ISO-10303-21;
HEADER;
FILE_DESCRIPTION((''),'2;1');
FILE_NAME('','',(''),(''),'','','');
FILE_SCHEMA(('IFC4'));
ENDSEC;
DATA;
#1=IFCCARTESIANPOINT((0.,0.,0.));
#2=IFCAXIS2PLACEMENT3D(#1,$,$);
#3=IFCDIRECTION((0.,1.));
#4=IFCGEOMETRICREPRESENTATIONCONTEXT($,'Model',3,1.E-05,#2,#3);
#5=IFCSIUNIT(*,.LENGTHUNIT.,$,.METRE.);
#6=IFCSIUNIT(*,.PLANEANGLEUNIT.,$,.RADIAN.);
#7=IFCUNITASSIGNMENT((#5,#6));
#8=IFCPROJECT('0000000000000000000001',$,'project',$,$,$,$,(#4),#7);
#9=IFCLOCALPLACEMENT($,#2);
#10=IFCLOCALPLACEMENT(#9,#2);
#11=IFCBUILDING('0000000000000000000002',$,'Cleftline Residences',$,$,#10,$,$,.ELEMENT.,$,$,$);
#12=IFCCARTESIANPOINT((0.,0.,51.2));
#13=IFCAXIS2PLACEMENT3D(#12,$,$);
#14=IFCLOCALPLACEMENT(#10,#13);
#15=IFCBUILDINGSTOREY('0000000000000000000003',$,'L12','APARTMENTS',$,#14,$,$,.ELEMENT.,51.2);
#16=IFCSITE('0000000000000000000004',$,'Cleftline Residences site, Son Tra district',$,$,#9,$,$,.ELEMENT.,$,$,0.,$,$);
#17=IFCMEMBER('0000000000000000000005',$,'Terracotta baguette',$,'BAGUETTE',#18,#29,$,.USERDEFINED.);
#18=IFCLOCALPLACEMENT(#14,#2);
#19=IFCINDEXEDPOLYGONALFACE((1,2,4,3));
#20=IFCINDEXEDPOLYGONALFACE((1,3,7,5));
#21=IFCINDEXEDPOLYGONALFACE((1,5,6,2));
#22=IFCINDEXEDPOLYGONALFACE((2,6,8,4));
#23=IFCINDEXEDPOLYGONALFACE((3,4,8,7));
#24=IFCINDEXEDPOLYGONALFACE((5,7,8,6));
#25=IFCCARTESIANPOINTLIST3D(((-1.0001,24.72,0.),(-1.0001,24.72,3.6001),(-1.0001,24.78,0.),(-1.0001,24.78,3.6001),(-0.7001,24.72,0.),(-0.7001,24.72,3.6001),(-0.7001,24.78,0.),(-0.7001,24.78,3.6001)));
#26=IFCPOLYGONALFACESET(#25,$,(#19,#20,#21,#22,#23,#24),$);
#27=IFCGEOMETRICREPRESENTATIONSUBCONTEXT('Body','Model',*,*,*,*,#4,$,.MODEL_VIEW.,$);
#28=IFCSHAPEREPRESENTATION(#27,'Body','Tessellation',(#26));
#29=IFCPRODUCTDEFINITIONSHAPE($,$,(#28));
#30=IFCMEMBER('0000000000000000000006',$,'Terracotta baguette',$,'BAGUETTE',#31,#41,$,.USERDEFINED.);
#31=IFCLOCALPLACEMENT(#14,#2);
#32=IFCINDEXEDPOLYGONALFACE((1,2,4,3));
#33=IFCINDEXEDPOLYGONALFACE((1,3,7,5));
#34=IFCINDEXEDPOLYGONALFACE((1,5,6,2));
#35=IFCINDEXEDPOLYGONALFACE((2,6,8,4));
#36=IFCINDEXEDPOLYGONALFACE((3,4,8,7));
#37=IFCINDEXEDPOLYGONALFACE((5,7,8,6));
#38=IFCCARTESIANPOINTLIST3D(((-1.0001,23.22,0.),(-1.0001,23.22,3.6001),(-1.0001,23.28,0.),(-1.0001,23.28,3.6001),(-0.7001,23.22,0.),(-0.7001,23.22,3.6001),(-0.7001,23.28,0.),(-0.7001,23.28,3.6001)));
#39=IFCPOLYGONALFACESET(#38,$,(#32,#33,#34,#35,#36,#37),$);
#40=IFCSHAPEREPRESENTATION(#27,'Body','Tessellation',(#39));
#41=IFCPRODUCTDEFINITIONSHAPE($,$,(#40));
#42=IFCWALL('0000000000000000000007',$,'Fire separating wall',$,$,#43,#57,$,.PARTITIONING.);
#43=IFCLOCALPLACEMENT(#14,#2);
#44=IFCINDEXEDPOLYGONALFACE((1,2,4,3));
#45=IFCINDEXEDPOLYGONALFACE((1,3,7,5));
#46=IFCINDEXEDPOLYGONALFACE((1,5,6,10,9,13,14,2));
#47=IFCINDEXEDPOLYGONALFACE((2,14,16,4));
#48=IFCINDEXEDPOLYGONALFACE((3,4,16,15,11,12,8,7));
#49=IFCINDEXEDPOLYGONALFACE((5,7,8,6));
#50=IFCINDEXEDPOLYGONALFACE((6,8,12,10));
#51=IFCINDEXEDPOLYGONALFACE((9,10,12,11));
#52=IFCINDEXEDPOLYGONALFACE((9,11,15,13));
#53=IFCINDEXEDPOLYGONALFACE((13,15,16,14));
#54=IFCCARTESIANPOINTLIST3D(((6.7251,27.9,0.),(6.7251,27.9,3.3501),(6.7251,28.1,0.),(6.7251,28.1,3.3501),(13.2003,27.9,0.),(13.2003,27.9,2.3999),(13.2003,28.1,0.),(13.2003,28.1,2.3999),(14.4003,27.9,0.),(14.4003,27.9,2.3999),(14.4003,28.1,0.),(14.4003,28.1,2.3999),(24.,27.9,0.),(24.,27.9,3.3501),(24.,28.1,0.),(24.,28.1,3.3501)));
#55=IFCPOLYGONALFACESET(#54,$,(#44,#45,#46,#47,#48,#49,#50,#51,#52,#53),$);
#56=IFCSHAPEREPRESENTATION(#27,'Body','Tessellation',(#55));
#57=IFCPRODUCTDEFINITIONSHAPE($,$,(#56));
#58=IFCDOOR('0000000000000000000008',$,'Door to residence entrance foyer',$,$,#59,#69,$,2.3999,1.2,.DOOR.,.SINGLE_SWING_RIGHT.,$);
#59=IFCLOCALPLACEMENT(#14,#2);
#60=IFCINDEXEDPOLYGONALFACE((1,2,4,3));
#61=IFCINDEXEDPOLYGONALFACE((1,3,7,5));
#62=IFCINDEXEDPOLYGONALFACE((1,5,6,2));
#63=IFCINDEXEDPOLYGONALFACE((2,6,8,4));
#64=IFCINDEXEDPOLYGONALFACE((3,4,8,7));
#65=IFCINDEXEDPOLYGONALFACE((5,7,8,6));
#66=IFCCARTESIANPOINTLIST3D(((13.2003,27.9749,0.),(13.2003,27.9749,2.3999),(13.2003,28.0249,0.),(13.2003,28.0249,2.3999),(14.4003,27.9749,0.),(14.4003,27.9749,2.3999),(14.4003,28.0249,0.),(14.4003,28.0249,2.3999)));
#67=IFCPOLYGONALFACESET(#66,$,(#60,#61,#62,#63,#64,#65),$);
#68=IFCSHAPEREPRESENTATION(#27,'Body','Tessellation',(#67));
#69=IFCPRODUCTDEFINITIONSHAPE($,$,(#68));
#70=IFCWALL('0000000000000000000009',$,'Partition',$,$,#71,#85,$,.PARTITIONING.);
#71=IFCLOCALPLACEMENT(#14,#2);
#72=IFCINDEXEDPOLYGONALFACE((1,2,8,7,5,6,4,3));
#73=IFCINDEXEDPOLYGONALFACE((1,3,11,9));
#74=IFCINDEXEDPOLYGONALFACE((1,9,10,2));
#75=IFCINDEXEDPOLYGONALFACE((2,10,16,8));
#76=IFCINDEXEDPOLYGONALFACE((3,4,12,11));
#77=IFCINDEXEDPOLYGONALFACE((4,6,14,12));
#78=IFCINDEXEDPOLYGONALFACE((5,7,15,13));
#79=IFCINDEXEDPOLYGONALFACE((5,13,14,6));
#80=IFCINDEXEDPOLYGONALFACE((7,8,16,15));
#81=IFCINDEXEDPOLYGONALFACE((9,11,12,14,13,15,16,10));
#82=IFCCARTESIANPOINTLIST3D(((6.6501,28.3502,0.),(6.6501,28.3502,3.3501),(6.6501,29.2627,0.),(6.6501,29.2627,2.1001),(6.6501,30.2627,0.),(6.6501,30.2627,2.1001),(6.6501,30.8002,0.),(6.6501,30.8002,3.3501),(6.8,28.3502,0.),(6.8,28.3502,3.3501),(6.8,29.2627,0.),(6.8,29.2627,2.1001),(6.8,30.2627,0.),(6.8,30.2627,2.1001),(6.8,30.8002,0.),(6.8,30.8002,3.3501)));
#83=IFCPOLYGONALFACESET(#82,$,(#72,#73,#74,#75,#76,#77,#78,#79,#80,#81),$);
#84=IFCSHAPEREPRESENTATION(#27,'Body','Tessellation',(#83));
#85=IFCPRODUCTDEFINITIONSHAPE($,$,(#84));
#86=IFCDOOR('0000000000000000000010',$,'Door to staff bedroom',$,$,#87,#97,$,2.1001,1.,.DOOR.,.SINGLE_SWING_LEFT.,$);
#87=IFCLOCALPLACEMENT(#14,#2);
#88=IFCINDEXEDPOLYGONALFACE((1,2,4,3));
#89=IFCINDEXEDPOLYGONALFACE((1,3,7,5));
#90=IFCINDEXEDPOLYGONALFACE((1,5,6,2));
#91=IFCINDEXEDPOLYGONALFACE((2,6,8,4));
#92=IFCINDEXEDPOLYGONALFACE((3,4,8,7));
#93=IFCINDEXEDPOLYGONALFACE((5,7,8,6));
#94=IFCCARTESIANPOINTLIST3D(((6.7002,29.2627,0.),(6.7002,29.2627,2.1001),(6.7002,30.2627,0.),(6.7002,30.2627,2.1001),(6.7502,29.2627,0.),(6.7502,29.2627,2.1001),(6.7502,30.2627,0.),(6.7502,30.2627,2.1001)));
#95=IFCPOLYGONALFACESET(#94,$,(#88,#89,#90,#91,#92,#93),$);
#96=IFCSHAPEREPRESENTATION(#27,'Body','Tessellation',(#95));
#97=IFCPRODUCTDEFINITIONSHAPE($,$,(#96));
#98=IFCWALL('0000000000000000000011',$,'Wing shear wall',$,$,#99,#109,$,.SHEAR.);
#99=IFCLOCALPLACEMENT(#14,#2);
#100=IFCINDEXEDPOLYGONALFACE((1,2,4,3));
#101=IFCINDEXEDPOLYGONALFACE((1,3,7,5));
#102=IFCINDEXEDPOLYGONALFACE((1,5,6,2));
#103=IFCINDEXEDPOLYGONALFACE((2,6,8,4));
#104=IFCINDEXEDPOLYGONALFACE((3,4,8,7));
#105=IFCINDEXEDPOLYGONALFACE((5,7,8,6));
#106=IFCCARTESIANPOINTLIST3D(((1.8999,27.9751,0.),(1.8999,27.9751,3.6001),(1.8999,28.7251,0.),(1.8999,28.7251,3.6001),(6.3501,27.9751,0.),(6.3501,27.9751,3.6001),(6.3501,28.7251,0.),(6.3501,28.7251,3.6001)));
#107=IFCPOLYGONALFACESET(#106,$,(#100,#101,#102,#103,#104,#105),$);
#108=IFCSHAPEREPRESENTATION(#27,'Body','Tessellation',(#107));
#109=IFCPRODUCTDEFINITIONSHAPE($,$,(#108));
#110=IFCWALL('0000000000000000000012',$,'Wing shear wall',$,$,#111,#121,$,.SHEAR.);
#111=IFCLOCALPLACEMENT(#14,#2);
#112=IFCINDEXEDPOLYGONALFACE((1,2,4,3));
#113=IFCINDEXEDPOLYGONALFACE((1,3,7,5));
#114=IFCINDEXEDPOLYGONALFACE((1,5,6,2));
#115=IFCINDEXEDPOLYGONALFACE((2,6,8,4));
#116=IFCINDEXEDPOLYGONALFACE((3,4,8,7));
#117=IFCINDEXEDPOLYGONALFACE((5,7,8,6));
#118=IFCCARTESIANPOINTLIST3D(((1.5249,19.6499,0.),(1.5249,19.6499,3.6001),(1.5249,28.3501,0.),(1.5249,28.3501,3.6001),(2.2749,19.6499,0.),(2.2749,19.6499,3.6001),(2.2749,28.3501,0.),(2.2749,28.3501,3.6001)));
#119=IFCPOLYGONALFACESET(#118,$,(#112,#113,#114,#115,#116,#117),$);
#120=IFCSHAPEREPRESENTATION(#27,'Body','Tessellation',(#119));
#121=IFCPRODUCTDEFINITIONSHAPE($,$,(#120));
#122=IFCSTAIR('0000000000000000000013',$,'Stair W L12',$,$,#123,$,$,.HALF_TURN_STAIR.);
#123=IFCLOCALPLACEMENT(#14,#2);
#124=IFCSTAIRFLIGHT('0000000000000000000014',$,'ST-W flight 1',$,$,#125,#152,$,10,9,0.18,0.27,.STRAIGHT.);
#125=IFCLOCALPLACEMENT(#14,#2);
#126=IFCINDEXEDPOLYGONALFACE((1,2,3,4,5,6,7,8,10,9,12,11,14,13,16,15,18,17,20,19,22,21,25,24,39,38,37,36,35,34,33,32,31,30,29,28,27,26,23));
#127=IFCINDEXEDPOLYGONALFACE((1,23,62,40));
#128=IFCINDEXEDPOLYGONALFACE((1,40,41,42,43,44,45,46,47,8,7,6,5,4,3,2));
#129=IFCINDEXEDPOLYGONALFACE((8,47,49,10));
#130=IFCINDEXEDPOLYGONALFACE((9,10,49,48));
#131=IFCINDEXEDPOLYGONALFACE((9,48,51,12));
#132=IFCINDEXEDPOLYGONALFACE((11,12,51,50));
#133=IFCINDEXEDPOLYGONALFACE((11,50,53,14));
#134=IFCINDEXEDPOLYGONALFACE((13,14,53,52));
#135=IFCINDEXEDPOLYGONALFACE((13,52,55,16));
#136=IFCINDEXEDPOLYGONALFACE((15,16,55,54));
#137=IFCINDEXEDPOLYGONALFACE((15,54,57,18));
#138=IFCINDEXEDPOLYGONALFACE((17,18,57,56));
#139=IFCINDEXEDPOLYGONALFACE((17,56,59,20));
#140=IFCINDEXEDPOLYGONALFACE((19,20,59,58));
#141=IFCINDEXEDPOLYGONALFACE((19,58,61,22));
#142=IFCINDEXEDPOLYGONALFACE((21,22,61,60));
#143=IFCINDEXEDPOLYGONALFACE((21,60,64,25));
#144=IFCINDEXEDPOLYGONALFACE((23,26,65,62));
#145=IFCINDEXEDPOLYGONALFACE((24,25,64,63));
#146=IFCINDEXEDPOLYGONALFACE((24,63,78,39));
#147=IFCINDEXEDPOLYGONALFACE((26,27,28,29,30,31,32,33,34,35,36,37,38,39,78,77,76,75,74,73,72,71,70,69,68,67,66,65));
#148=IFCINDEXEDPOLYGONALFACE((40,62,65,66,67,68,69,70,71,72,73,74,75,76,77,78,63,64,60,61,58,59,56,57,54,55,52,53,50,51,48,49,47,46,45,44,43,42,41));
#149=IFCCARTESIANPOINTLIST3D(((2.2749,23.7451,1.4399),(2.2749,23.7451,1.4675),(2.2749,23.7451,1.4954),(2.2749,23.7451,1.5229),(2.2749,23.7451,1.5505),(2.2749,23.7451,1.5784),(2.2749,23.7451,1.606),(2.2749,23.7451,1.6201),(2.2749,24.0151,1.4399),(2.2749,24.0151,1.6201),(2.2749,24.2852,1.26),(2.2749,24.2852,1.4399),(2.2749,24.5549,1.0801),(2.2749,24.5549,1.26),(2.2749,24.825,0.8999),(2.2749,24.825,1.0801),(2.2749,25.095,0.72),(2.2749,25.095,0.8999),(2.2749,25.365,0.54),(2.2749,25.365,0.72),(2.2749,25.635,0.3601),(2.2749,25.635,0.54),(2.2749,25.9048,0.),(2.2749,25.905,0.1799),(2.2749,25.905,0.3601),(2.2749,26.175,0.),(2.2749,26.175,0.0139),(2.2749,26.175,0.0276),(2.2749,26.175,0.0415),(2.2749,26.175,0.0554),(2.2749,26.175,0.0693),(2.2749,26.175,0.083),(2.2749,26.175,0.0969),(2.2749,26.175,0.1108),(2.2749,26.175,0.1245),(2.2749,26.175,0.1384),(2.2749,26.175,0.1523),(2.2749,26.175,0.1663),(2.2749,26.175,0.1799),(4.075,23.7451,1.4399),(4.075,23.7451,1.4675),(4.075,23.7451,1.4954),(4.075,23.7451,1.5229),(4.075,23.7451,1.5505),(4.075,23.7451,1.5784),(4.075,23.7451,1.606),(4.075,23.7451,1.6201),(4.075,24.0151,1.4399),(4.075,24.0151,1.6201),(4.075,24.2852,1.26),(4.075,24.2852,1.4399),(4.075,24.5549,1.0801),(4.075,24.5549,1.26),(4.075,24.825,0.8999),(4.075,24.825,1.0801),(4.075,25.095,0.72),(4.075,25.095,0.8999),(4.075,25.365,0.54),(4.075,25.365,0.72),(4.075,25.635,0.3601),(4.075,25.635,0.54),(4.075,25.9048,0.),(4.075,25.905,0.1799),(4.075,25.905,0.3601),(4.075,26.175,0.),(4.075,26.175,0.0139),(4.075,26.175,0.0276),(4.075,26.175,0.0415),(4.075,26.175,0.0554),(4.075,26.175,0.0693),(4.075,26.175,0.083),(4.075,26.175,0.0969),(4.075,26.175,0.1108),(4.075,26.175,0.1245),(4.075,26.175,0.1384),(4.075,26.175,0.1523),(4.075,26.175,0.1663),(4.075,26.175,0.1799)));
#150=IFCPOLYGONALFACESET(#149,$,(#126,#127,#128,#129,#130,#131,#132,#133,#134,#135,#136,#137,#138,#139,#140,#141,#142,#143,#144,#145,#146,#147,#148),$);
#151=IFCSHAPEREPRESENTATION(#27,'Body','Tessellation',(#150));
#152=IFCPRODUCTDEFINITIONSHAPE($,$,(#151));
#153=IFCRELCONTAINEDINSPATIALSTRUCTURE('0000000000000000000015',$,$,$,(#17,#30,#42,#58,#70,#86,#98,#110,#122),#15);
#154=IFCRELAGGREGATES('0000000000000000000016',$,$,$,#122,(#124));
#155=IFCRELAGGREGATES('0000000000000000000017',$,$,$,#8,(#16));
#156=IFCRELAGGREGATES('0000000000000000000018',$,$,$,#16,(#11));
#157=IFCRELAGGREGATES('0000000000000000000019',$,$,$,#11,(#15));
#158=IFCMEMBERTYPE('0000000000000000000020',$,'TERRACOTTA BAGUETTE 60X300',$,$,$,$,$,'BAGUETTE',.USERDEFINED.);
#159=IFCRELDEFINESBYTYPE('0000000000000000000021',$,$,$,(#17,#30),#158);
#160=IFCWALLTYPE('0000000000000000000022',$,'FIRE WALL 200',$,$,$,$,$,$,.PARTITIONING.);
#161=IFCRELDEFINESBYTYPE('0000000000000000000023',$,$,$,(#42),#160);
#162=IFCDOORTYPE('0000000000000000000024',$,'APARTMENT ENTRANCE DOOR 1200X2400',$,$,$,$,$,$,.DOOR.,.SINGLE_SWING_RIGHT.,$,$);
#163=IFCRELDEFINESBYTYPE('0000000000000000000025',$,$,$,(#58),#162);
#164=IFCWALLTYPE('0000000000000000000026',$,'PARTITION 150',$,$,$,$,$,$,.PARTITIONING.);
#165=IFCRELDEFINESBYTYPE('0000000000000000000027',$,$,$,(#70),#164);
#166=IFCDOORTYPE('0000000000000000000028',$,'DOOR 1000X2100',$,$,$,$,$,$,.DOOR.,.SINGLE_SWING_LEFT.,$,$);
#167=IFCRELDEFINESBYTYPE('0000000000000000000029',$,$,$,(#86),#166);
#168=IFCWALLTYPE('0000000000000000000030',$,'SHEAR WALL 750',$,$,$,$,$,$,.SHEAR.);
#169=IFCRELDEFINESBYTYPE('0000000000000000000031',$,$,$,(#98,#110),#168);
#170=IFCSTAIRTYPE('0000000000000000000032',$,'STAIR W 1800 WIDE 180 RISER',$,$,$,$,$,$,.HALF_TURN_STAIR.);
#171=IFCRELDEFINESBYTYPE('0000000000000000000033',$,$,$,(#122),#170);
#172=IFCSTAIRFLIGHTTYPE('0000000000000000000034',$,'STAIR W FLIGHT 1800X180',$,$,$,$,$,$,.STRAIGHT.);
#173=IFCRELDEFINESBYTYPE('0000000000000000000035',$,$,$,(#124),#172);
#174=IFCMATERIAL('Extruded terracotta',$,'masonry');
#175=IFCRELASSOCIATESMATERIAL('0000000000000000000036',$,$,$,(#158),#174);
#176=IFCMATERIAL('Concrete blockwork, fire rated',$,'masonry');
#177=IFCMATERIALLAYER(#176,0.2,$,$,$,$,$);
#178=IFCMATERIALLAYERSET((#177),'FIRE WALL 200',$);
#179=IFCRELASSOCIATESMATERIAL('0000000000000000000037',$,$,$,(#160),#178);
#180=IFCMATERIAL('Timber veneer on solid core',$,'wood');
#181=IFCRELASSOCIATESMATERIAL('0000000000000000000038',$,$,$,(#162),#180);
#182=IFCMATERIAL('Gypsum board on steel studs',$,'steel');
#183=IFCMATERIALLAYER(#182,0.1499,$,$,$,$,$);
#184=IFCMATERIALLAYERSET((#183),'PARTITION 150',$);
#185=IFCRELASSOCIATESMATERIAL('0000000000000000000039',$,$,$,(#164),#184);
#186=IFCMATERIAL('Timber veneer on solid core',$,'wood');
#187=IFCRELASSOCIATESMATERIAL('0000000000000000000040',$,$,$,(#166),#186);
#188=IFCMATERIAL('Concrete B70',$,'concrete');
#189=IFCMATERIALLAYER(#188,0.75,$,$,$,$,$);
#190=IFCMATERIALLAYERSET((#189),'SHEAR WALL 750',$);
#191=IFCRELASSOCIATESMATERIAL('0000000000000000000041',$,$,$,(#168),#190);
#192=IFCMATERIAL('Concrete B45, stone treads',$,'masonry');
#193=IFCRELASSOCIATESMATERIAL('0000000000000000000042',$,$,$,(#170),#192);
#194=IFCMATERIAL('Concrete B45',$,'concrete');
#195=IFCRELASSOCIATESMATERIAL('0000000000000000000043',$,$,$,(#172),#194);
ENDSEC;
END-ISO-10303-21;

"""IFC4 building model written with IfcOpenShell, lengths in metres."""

from ifc_helpers import new_model, si_unit, direction, frame, frame_2d, origin, origin_2d, place, context, subcontext, project, spatial, polyline, rectangle, outline, extrude, material, layer, layer_set, material_profile, profile_set, type_object, element, fill, aggregate, save


model = new_model("IFC4")

# Units and contexts
model_context = context("Model", 3, precision=1e-05, world=origin(), true_north=direction((0.0, 1.0)))
body_context = subcontext(model_context, "Body", "Model", "MODEL_VIEW")
ifc_project = project(units=[si_unit("LENGTHUNIT", "METRE"), si_unit("PLANEANGLEUNIT", "RADIAN")], contexts=[model_context])

# Site, building, storey
site_placement = place(None, origin())
site = spatial("IfcSite", under=ifc_project, at=site_placement, Name="Cleftline Residences site, Son Tra district", CompositionType="ELEMENT", RefElevation=0.0)
building_placement = place(site_placement, origin())
building = spatial("IfcBuilding", under=site, at=building_placement, Name="Cleftline Residences", CompositionType="ELEMENT")
storey_placement = place(building_placement, frame((0.0, 0.0, 51.2)))
storey = spatial("IfcBuildingStorey", under=building, at=storey_placement, Name="L12", Description="APARTMENTS", CompositionType="ELEMENT", Elevation=51.2)

# Members
ifc_material_1 = material(Name="Extruded terracotta", Category="masonry")
ifc_material_profile_1 = material_profile(ifc_material_1, rectangle(XDim=0.0601, YDim=0.3, at=origin_2d()))
ifc_profile_set_1 = profile_set([ifc_material_profile_1], Name="Extruded terracotta")
member_type_1 = type_object("IfcMemberType", Name="TERRACOTTA BAGUETTE 60X300", ElementType="BAGUETTE", PredefinedType="USERDEFINED", material=ifc_profile_set_1)
for number, where, z_axis, x_axis, name in (
    (1, (-0.8501, 24.75, 0.0), (0.0, 0.0, 1.0), (0.0, 1.0, 0.0), "Terracotta baguette"),
    (2, (-0.8501, 23.25, 0.0), (0.0, 0.0, 1.0), (0.0, 1.0, 0.0), "Terracotta baguette"),
):
    element("IfcMember", number, at=place(storey_placement, frame(where, z_axis=z_axis, x_axis=x_axis)), inside=storey, type_object=member_type_1, Name=name, ObjectType="BAGUETTE", PredefinedType="USERDEFINED", context=body_context, shape_type="SweptSolid", body=[
        extrude(rectangle(XDim=0.0601, YDim=0.3, at=origin_2d()), origin(), (0.0, 0.0, 1.0), 3.6001),
    ])

# Walls, openings, doors
ifc_material_2 = material(Name="Concrete blockwork, fire rated", Category="masonry")
ifc_layer_1 = layer(ifc_material_2, 0.2)
ifc_layer_set_1 = layer_set([ifc_layer_1], Name="FIRE WALL 200")
wall_type_1 = type_object("IfcWallType", Name="FIRE WALL 200", PredefinedType="PARTITIONING", material=ifc_layer_set_1)
wall_1_placement = place(storey_placement, frame((6.7251, 28.0, 0.0), z_axis=(0.0, 0.0, 1.0), x_axis=(1.0, 0.0, 0.0)))
wall_1 = element("IfcWall", 3, at=wall_1_placement, inside=storey, type_object=wall_type_1, Name="Fire separating wall", PredefinedType="PARTITIONING", context=body_context, shape_type="SweptSolid", body=[
    extrude(rectangle(XDim=17.2749, YDim=0.2, at=frame_2d((8.6375, 0.0))), origin(), (0.0, 0.0, 1.0), 3.3501),
])
opening_1_placement = place(wall_1_placement, frame((6.4751, 0.0, 0.0)))
opening_1 = element("IfcOpeningElement", 4, at=opening_1_placement, cuts=wall_1, PredefinedType="OPENING", context=body_context, shape_type="SweptSolid", body=[
    extrude(rectangle(XDim=1.2, YDim=2.3999, at=frame_2d((0.6001, 1.2))), frame((0.0, 0.1099, 0.0), z_axis=(0.0, -1.0, 0.0), x_axis=(1.0, 0.0, 0.0)), (0.0, 0.0, 1.0), 0.22),
])
ifc_material_3 = material(Name="Timber veneer on solid core", Category="wood")
door_type_1 = type_object("IfcDoorType", Name="APARTMENT ENTRANCE DOOR 1200X2400", OperationType="SINGLE_SWING_RIGHT", PredefinedType="DOOR", material=ifc_material_3)
door_1_placement = place(opening_1_placement, origin())
door_1 = element("IfcDoor", 5, at=door_1_placement, inside=storey, type_object=door_type_1, Name="Door to residence entrance foyer", OperationType="SINGLE_SWING_RIGHT", OverallHeight=2.3999, OverallWidth=1.2, PredefinedType="DOOR", context=body_context, shape_type="SweptSolid", body=[
    extrude(rectangle(XDim=1.2, YDim=2.3999, at=frame_2d((0.6001, 1.2))), frame((0.0, 0.0249, 0.0), z_axis=(0.0, -1.0, 0.0), x_axis=(1.0, 0.0, 0.0)), (0.0, 0.0, 1.0), 0.05),
])
fill(opening_1, door_1)
ifc_material_4 = material(Name="Gypsum board on steel studs", Category="steel")
ifc_layer_2 = layer(ifc_material_4, 0.1499)
ifc_layer_set_2 = layer_set([ifc_layer_2], Name="PARTITION 150")
wall_type_2 = type_object("IfcWallType", Name="PARTITION 150", PredefinedType="PARTITIONING", material=ifc_layer_set_2)
wall_2_placement = place(storey_placement, frame((6.7251, 28.3501, 0.0), z_axis=(0.0, 0.0, 1.0), x_axis=(0.0, 1.0, 0.0)))
wall_2 = element("IfcWall", 6, at=wall_2_placement, inside=storey, type_object=wall_type_2, Name="Partition", PredefinedType="PARTITIONING", context=body_context, shape_type="SweptSolid", body=[
    extrude(rectangle(XDim=2.45, YDim=0.1499, at=frame_2d((1.2251, 0.0))), origin(), (0.0, 0.0, 1.0), 3.3501),
])
opening_2_placement = place(wall_2_placement, frame((0.9126, 0.0, 0.0)))
opening_2 = element("IfcOpeningElement", 7, at=opening_2_placement, cuts=wall_2, PredefinedType="OPENING", context=body_context, shape_type="SweptSolid", body=[
    extrude(rectangle(XDim=1.0, YDim=2.1001, at=frame_2d((0.5, 1.05))), frame((0.0, 0.085, 0.0), z_axis=(0.0, -1.0, 0.0), x_axis=(1.0, 0.0, 0.0)), (0.0, 0.0, 1.0), 0.1699),
])
ifc_material_5 = material(Name="Timber veneer on solid core", Category="wood")
door_type_2 = type_object("IfcDoorType", Name="DOOR 1000X2100", OperationType="SINGLE_SWING_LEFT", PredefinedType="DOOR", material=ifc_material_5)
door_2_placement = place(opening_2_placement, origin())
door_2 = element("IfcDoor", 8, at=door_2_placement, inside=storey, type_object=door_type_2, Name="Door to staff bedroom", OperationType="SINGLE_SWING_LEFT", OverallHeight=2.1001, OverallWidth=1.0, PredefinedType="DOOR", context=body_context, shape_type="SweptSolid", body=[
    extrude(rectangle(XDim=1.0, YDim=2.1001, at=frame_2d((0.5, 1.05))), frame((0.0, 0.0249, 0.0), z_axis=(0.0, -1.0, 0.0), x_axis=(1.0, 0.0, 0.0)), (0.0, 0.0, 1.0), 0.05),
])
fill(opening_2, door_2)

# Walls
ifc_material_6 = material(Name="Concrete B70", Category="concrete")
ifc_layer_3 = layer(ifc_material_6, 0.75)
ifc_layer_set_3 = layer_set([ifc_layer_3], Name="SHEAR WALL 750")
wall_type_3 = type_object("IfcWallType", Name="SHEAR WALL 750", PredefinedType="SHEAR", material=ifc_layer_set_3)
wall_3_placement = place(storey_placement, frame((6.3501, 28.3501, 0.0), z_axis=(0.0, 0.0, 1.0), x_axis=(-1.0, 0.0, 0.0)))
element("IfcWall", 9, at=wall_3_placement, inside=storey, type_object=wall_type_3, Name="Wing shear wall", PredefinedType="SHEAR", context=body_context, shape_type="SweptSolid", body=[
    extrude(rectangle(XDim=4.4502, YDim=0.75, at=frame_2d((2.2251, 0.0))), origin(), (0.0, 0.0, 1.0), 3.6001),
])
wall_4_placement = place(storey_placement, frame((1.8999, 28.3501, 0.0), z_axis=(0.0, 0.0, 1.0), x_axis=(0.0, -1.0, 0.0)))
element("IfcWall", 10, at=wall_4_placement, inside=storey, type_object=wall_type_3, Name="Wing shear wall", PredefinedType="SHEAR", context=body_context, shape_type="SweptSolid", body=[
    extrude(rectangle(XDim=8.7002, YDim=0.75, at=frame_2d((4.3501, 0.0))), origin(), (0.0, 0.0, 1.0), 3.6001),
])

# Stair, stair flight
ifc_material_7 = material(Name="Concrete B45, stone treads", Category="masonry")
stair_type = type_object("IfcStairType", Name="STAIR W 1800 WIDE 180 RISER", PredefinedType="HALF_TURN_STAIR", material=ifc_material_7)
stair_placement = place(storey_placement, origin())
stair = element("IfcStair", 11, at=stair_placement, inside=storey, type_object=stair_type, Name="Stair W L12", PredefinedType="HALF_TURN_STAIR")
ifc_material_8 = material(Name="Concrete B45", Category="concrete")
stair_flight_type = type_object("IfcStairFlightType", Name="STAIR W FLIGHT 1800X180", PredefinedType="STRAIGHT", material=ifc_material_8)
stair_flight_1_placement = place(storey_placement, frame((3.175, 26.175, 0.0), z_axis=(0.0, 0.0, 1.0), x_axis=(0.0, -1.0, 0.0)))
stair_flight_1 = element("IfcStairFlight", 12, at=stair_flight_1_placement, type_object=stair_flight_type, Name="ST-W flight 1", NumberOfRisers=10, NumberOfTreads=9, PredefinedType="STRAIGHT", RiserHeight=0.18, TreadLength=0.27, context=body_context, shape_type="SweptSolid", body=[
    extrude(outline(polyline([(0.0, 0.0), (0.0, 0.0139), (0.0, 0.0276), (0.0, 0.0415), (0.0, 0.0554), (0.0, 0.0693), (0.0, 0.083), (0.0, 0.0969), (0.0, 0.1108), (0.0, 0.1245), (0.0, 0.1384), (0.0, 0.1523), (0.0, 0.1663), (0.0, 0.1799), (0.27, 0.1799), (0.27, 0.3601), (0.54, 0.3601), (0.54, 0.54), (0.8101, 0.54), (0.8101, 0.72), (1.0801, 0.72), (1.0801, 0.8999), (1.3501, 0.8999), (1.3501, 1.0801), (1.6201, 1.0801), (1.6201, 1.26), (1.8899, 1.26), (1.8899, 1.4399), (2.1599, 1.4399), (2.1599, 1.6201), (2.4299, 1.6201), (2.4299, 1.8), (2.4299, 1.7722), (2.4299, 1.7446), (2.4299, 1.7168), (2.4299, 1.6892), (2.4299, 1.6614), (2.4299, 1.6338), (2.4299, 1.606), (2.4299, 1.5784), (2.4299, 1.5505), (2.4299, 1.5229), (2.4299, 1.4954), (2.4299, 1.4675), (2.4299, 1.4399), (0.2703, 0.0), (0.0, 0.0)])), frame((0.0, 0.8999, 0.0), z_axis=(0.0, -1.0, 0.0), x_axis=(1.0, 0.0, 0.0)), (0.0, 0.0, 1.0), 1.8),
])
aggregate(stair, [stair_flight_1])

save(model, "model.ifc")
